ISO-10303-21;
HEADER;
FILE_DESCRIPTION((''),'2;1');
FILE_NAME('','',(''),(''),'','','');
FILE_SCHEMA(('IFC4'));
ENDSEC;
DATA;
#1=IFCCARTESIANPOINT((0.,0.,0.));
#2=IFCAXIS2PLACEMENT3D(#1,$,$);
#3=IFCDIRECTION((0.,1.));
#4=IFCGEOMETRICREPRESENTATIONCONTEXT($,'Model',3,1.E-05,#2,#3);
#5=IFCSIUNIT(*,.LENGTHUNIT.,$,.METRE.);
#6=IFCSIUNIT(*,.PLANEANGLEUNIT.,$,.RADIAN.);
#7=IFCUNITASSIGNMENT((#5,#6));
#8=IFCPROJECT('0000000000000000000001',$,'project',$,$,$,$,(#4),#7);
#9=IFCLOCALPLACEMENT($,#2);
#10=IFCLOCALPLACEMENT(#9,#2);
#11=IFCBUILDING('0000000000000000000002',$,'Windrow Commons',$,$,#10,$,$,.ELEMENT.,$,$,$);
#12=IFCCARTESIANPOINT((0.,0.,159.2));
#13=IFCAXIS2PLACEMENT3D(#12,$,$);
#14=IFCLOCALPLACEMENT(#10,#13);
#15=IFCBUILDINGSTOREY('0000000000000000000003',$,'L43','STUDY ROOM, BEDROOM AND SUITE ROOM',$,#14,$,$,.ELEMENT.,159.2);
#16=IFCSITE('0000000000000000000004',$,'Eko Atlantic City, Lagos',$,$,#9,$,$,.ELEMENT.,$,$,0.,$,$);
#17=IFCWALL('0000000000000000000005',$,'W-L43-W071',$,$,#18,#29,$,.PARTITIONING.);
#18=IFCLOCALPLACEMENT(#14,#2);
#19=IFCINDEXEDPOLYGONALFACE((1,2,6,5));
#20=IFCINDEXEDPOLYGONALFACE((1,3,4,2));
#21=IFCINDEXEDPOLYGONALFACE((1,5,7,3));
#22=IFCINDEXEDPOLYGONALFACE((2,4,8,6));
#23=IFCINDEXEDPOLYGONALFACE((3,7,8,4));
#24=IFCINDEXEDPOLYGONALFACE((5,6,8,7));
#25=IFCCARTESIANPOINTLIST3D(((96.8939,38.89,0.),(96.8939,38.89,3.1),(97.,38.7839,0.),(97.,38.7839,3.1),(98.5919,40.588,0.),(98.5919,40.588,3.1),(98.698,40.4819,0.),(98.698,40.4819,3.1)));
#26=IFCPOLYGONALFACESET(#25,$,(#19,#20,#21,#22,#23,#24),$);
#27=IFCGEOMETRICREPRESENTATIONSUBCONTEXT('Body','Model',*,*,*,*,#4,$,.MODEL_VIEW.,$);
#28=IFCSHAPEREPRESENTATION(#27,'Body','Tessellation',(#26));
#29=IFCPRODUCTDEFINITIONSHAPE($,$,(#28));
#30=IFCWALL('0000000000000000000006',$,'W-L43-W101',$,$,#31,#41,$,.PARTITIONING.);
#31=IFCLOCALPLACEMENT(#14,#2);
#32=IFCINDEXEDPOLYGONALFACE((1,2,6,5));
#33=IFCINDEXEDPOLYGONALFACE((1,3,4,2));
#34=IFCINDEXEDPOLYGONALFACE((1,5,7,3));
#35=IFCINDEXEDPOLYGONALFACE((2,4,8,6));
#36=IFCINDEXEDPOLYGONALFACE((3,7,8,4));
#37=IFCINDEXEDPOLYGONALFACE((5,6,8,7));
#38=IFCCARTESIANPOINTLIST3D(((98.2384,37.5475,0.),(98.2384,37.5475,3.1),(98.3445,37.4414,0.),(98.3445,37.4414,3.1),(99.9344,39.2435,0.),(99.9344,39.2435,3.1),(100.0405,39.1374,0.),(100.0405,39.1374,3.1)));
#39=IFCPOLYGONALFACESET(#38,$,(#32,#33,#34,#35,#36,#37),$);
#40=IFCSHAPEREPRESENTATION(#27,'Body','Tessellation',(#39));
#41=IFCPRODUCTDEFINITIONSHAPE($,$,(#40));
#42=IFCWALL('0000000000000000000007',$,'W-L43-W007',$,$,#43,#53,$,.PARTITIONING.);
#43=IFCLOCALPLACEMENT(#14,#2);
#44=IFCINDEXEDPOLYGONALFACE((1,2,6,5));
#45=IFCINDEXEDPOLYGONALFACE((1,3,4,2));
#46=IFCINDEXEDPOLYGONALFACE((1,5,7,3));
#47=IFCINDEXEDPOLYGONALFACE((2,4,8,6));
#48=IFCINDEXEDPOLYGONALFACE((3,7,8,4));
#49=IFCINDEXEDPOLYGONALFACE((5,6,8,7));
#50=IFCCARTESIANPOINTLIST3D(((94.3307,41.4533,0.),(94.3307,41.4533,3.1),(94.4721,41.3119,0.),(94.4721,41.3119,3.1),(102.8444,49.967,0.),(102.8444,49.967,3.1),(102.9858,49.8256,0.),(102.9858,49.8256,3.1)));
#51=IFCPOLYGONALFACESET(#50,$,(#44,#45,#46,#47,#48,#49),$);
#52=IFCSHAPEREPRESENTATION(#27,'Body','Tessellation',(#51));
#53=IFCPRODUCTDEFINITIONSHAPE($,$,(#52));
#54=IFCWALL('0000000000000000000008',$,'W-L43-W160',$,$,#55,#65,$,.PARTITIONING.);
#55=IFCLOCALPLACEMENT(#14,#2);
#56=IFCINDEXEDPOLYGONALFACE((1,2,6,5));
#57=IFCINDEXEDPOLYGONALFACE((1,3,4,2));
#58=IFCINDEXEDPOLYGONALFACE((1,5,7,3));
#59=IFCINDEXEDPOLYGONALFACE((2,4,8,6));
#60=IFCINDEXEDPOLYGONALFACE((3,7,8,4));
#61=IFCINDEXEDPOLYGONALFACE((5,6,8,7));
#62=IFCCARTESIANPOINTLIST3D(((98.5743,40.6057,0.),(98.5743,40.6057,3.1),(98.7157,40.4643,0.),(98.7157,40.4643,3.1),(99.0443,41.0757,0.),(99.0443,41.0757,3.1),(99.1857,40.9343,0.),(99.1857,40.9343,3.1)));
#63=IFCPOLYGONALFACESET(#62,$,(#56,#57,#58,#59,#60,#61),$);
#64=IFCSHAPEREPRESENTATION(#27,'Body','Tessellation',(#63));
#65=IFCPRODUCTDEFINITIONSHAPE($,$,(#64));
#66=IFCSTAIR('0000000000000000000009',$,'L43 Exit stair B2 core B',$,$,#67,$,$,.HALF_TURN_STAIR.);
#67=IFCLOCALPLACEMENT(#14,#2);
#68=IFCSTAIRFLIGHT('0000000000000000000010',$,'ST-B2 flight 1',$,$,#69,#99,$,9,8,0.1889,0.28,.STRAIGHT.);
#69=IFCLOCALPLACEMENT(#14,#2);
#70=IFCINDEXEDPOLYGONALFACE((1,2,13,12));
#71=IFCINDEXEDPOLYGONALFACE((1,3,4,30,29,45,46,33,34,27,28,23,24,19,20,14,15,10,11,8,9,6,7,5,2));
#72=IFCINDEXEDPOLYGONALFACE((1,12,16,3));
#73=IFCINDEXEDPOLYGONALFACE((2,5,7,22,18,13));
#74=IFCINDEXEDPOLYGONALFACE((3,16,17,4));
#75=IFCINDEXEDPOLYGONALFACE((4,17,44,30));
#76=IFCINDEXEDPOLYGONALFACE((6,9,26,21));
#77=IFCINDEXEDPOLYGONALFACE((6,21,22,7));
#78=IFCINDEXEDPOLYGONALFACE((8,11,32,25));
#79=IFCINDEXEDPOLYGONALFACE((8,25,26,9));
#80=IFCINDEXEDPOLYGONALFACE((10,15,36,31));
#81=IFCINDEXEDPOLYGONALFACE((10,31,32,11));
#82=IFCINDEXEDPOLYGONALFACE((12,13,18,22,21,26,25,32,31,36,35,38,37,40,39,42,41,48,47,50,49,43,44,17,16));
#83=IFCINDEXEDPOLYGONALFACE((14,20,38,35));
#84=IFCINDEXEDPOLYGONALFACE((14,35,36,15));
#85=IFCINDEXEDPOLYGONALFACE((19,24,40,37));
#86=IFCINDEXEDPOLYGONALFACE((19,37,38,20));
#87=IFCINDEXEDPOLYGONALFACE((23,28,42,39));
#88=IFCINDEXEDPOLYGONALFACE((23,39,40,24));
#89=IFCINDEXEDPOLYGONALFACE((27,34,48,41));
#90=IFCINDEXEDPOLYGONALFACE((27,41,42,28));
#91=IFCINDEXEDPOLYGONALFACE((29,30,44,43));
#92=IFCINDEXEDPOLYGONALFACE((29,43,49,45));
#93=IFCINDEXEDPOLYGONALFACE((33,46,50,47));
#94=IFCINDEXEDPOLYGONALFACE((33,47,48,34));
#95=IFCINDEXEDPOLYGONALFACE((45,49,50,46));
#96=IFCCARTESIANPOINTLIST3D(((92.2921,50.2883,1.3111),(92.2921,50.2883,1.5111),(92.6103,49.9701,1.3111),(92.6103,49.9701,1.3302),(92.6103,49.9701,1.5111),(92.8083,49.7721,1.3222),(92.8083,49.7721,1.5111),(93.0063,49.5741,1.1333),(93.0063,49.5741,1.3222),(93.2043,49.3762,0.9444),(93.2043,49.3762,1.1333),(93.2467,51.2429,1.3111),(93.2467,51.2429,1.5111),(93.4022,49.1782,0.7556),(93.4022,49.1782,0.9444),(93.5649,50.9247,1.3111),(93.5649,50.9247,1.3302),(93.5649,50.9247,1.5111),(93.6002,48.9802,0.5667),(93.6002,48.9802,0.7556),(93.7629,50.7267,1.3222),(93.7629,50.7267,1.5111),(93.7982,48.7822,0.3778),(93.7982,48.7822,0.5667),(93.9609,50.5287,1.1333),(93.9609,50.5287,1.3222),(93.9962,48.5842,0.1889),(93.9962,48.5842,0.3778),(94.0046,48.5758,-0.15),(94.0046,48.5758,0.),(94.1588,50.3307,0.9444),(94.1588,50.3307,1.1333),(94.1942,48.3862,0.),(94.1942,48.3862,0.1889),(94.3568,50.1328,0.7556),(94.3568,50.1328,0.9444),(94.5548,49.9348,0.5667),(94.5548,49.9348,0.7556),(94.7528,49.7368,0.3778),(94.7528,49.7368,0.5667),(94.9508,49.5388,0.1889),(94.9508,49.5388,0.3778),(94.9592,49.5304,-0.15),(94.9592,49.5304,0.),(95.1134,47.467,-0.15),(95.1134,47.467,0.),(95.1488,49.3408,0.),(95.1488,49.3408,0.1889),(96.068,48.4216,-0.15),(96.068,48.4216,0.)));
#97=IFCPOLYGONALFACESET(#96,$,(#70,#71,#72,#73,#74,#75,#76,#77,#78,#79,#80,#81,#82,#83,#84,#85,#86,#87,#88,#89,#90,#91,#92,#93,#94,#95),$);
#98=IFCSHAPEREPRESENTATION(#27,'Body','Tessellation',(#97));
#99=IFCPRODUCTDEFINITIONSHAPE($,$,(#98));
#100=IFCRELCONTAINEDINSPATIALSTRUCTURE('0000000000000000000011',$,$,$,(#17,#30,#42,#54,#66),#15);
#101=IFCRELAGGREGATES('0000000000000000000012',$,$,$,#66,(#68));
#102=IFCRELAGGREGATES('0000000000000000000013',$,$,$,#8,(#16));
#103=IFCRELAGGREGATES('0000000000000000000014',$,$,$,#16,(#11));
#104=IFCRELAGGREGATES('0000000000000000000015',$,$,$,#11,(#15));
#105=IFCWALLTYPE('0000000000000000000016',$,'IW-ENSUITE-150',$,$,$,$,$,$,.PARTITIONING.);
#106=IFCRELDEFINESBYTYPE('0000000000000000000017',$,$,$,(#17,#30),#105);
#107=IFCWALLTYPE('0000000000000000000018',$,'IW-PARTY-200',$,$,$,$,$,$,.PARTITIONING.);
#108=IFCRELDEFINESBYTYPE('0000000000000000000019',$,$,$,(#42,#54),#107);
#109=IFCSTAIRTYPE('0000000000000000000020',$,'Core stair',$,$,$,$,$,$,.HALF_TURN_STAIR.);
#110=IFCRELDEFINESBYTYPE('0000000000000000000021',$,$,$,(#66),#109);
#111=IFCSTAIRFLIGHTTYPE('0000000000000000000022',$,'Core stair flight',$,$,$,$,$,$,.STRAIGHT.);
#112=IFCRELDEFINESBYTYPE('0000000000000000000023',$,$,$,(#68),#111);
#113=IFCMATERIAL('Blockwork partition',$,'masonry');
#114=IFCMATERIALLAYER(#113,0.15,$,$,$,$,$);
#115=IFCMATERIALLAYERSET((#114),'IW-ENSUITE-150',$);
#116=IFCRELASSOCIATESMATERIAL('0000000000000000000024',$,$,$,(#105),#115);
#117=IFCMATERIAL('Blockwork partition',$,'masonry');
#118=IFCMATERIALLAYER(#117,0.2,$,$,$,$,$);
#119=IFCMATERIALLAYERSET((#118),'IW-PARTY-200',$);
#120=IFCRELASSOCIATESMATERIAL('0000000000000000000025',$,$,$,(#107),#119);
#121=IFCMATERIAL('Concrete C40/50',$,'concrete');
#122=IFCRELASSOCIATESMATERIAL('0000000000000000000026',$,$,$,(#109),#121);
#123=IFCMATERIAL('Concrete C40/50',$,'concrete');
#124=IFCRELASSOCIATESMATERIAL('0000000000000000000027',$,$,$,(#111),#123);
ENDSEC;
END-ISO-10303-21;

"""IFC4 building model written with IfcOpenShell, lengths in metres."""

from ifc_helpers import new_model, si_unit, direction, frame, frame_2d, origin, place, context, subcontext, project, spatial, polyline, rectangle, outline, extrude, material, layer, layer_set, type_object, element, aggregate, save


model = new_model("IFC4")

# Units and contexts
model_context = context("Model", 3, precision=1e-05, world=origin(), true_north=direction((0.0, 1.0)))
body_context = subcontext(model_context, "Body", "Model", "MODEL_VIEW")
ifc_project = project(units=[si_unit("LENGTHUNIT", "METRE"), si_unit("PLANEANGLEUNIT", "RADIAN")], contexts=[model_context])

# Site, building, storey
site_placement = place(None, origin())
site = spatial("IfcSite", under=ifc_project, at=site_placement, Name="Eko Atlantic City, Lagos", CompositionType="ELEMENT", RefElevation=0.0)
building_placement = place(site_placement, origin())
building = spatial("IfcBuilding", under=site, at=building_placement, Name="Windrow Commons", CompositionType="ELEMENT")
storey_placement = place(building_placement, frame((0.0, 0.0, 159.2)))
storey = spatial("IfcBuildingStorey", under=building, at=storey_placement, Name="L43", Description="STUDY ROOM, BEDROOM AND SUITE ROOM", CompositionType="ELEMENT", Elevation=159.2)

# Shared definitions
ifc_material_1 = material(Name="Blockwork partition", Category="masonry")
ifc_layer_1 = layer(ifc_material_1, 0.15)
ifc_layer_set_1 = layer_set([ifc_layer_1], Name="IW-ENSUITE-150")
wall_type_1 = type_object("IfcWallType", Name="IW-ENSUITE-150", PredefinedType="PARTITIONING", material=ifc_layer_set_1)

# Walls
for number, where, z_axis, x_axis, name in (
    (1, (96.947, 38.837, 0.0), (0.0, 0.0, 1.0), (0.707107, 0.707107, 0.0), "W-L43-W071"),
):
    element("IfcWall", number, at=place(storey_placement, frame(where, z_axis=z_axis, x_axis=x_axis)), inside=storey, type_object=wall_type_1, Name=name, PredefinedType="PARTITIONING", context=body_context, shape_type="SweptSolid", body=[
        extrude(rectangle(XDim=2.4013, YDim=0.15, at=frame_2d((1.2006, 0.0))), origin(), (0.0, 0.0, 1.0), 3.1),
    ])
wall_1_placement = place(storey_placement, frame((98.2915, 37.4945, 0.0), z_axis=(0.0, 0.0, 1.0), x_axis=(0.707107, 0.707107, 0.0)))
element("IfcWall", 2, at=wall_1_placement, inside=storey, type_object=wall_type_1, Name="W-L43-W101", PredefinedType="PARTITIONING", context=body_context, shape_type="SweptSolid", body=[
    extrude(rectangle(XDim=2.3985, YDim=0.15, at=frame_2d((1.1992, 0.0))), origin(), (0.0, 0.0, 1.0), 3.1),
])
ifc_material_2 = material(Name="Blockwork partition", Category="masonry")
ifc_layer_2 = layer(ifc_material_2, 0.2)
ifc_layer_set_2 = layer_set([ifc_layer_2], Name="IW-PARTY-200")
wall_type_2 = type_object("IfcWallType", Name="IW-PARTY-200", PredefinedType="PARTITIONING", material=ifc_layer_set_2)
wall_2_placement = place(storey_placement, frame((94.4014, 41.3826, 0.0), z_axis=(0.0, 0.0, 1.0), x_axis=(0.707107, 0.707107, 0.0)))
element("IfcWall", 3, at=wall_2_placement, inside=storey, type_object=wall_type_2, Name="W-L43-W007", PredefinedType="PARTITIONING", context=body_context, shape_type="SweptSolid", body=[
    extrude(rectangle(XDim=12.0402, YDim=0.2, at=frame_2d((6.0201, 0.0))), origin(), (0.0, 0.0, 1.0), 3.1),
])
wall_3_placement = place(storey_placement, frame((98.645, 40.535, 0.0), z_axis=(0.0, 0.0, 1.0), x_axis=(0.707107, 0.707107, 0.0)))
element("IfcWall", 4, at=wall_3_placement, inside=storey, type_object=wall_type_2, Name="W-L43-W160", PredefinedType="PARTITIONING", context=body_context, shape_type="SweptSolid", body=[
    extrude(rectangle(XDim=0.6647, YDim=0.2, at=frame_2d((0.3323, 0.0))), origin(), (0.0, 0.0, 1.0), 3.1),
])

# Stair, stair flight
ifc_material_3 = material(Name="Concrete C40/50", Category="concrete")
stair_type = type_object("IfcStairType", Name="Core stair", PredefinedType="HALF_TURN_STAIR", material=ifc_material_3)
stair_placement = place(storey_placement, origin())
stair = element("IfcStair", 5, at=stair_placement, inside=storey, type_object=stair_type, Name="L43 Exit stair B2 core B", PredefinedType="HALF_TURN_STAIR")
ifc_material_4 = material(Name="Concrete C40/50", Category="concrete")
stair_flight_type = type_object("IfcStairFlightType", Name="Core stair flight", PredefinedType="STRAIGHT", material=ifc_material_4)
stair_flight_placement = place(storey_placement, frame((94.6715, 48.8635, 0.0), z_axis=(0.0, 0.0, 1.0), x_axis=(-0.707107, 0.707107, 0.0)))
stair_flight = element("IfcStairFlight", 6, at=stair_flight_placement, type_object=stair_flight_type, Name="ST-B2 flight 1", NumberOfRisers=9, NumberOfTreads=8, PredefinedType="STRAIGHT", RiserHeight=0.1889, TreadLength=0.28, context=body_context, shape_type="SweptSolid", body=[
    extrude(outline(polyline([(-1.3, -0.15), (-1.3, 0.0), (0.0, 0.0), (0.0, 0.1889), (0.28, 0.1889), (0.28, 0.3778), (0.56, 0.3778), (0.56, 0.5667), (0.84, 0.5667), (0.84, 0.7556), (1.12, 0.7556), (1.12, 0.9444), (1.4, 0.9444), (1.4, 1.1333), (1.68, 1.1333), (1.68, 1.3222), (1.96, 1.3222), (1.96, 1.5111), (2.24, 1.5111), (2.69, 1.5111), (2.69, 1.3111), (2.24, 1.3111), (2.24, 1.3302), (0.2682, 0.0), (0.2682, -0.15), (-1.3, -0.15)])), frame((0.0, 0.675, 0.0), z_axis=(0.0, -1.0, 0.0), x_axis=(1.0, 0.0, 0.0)), (0.0, 0.0, 1.0), 1.35),
])
aggregate(stair, [stair_flight])

save(model, "model.ifc")
